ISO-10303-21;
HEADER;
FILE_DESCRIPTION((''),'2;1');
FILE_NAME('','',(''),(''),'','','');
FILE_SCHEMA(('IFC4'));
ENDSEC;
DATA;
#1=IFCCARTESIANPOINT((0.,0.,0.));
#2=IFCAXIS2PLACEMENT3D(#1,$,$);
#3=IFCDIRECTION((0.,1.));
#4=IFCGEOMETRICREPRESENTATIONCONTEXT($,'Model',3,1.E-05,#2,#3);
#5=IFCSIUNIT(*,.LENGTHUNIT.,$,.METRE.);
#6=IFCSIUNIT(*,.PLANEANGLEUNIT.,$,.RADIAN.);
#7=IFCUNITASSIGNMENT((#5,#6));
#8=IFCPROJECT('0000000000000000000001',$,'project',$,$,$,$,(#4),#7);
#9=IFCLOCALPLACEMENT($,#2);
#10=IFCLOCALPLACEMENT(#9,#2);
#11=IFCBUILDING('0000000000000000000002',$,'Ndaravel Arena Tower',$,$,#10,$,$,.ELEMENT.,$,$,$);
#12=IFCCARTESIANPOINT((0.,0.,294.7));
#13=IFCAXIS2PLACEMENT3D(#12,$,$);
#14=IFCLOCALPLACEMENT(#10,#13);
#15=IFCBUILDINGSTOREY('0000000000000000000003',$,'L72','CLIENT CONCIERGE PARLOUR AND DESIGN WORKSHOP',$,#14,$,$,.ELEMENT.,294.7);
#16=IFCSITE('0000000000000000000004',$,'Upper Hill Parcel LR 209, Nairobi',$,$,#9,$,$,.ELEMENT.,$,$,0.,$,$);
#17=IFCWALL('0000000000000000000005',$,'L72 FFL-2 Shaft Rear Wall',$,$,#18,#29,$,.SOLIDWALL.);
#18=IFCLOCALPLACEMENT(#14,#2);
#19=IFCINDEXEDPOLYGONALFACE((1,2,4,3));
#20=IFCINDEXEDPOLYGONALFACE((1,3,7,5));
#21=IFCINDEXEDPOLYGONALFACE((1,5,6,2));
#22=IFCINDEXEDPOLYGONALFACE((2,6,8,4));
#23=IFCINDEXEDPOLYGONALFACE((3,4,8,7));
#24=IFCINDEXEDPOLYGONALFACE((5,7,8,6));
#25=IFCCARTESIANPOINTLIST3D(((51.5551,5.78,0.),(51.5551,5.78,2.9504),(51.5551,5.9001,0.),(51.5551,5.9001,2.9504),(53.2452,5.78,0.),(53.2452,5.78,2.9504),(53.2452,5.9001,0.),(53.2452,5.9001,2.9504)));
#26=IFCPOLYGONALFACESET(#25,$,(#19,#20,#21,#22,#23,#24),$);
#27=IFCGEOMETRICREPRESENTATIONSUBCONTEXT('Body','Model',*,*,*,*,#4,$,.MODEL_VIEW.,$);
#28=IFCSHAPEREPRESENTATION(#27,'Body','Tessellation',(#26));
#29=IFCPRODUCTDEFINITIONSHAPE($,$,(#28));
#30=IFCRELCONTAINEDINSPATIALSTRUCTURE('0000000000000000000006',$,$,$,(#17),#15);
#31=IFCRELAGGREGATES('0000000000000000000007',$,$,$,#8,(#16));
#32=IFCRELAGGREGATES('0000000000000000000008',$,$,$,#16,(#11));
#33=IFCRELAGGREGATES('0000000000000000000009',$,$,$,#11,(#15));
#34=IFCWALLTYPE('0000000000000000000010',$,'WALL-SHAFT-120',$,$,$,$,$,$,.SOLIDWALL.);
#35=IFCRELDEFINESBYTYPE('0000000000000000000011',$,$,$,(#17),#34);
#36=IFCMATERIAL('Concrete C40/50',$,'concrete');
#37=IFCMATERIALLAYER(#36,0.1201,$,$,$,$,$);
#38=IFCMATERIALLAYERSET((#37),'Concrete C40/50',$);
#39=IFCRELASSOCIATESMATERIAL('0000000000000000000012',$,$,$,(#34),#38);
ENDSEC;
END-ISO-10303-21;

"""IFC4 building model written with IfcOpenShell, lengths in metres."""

from ifc_helpers import new_model, si_unit, direction, frame, frame_2d, origin, place, context, subcontext, project, spatial, rectangle, extrude, material, layer, layer_set, type_object, element, save


model = new_model("IFC4")

# Units and contexts
model_context = context("Model", 3, precision=1e-05, world=origin(), true_north=direction((0.0, 1.0)))
body_context = subcontext(model_context, "Body", "Model", "MODEL_VIEW")
ifc_project = project(units=[si_unit("LENGTHUNIT", "METRE"), si_unit("PLANEANGLEUNIT", "RADIAN")], contexts=[model_context])

# Site, building, storey
site_placement = place(None, origin())
site = spatial("IfcSite", under=ifc_project, at=site_placement, Name="Upper Hill Parcel LR 209, Nairobi", CompositionType="ELEMENT", RefElevation=0.0)
building_placement = place(site_placement, origin())
building = spatial("IfcBuilding", under=site, at=building_placement, Name="Ndaravel Arena Tower", CompositionType="ELEMENT")
storey_placement = place(building_placement, frame((0.0, 0.0, 294.7)))
storey = spatial("IfcBuildingStorey", under=building, at=storey_placement, Name="L72", Description="CLIENT CONCIERGE PARLOUR AND DESIGN WORKSHOP", CompositionType="ELEMENT", Elevation=294.7)

# Wall
ifc_material_1 = material(Name="Concrete C40/50", Category="concrete")
ifc_layer_1 = layer(ifc_material_1, 0.1201)
ifc_layer_set_1 = layer_set([ifc_layer_1], Name="Concrete C40/50")
wall_type_1 = type_object("IfcWallType", Name="WALL-SHAFT-120", PredefinedType="SOLIDWALL", material=ifc_layer_set_1)
wall_1_placement = place(storey_placement, frame((51.5549, 5.8401, 0.0), z_axis=(0.0, 0.0, 1.0), x_axis=(1.0, 0.0, 0.0)))
element("IfcWall", 1, at=wall_1_placement, inside=storey, type_object=wall_type_1, Name="L72 FFL-2 Shaft Rear Wall", PredefinedType="SOLIDWALL", context=body_context, shape_type="SweptSolid", body=[
    extrude(rectangle(XDim=1.6902, YDim=0.1201, at=frame_2d((0.8452, 0.0))), origin(), (0.0, 0.0, 1.0), 2.9504),
])

save(model, "model.ifc")
